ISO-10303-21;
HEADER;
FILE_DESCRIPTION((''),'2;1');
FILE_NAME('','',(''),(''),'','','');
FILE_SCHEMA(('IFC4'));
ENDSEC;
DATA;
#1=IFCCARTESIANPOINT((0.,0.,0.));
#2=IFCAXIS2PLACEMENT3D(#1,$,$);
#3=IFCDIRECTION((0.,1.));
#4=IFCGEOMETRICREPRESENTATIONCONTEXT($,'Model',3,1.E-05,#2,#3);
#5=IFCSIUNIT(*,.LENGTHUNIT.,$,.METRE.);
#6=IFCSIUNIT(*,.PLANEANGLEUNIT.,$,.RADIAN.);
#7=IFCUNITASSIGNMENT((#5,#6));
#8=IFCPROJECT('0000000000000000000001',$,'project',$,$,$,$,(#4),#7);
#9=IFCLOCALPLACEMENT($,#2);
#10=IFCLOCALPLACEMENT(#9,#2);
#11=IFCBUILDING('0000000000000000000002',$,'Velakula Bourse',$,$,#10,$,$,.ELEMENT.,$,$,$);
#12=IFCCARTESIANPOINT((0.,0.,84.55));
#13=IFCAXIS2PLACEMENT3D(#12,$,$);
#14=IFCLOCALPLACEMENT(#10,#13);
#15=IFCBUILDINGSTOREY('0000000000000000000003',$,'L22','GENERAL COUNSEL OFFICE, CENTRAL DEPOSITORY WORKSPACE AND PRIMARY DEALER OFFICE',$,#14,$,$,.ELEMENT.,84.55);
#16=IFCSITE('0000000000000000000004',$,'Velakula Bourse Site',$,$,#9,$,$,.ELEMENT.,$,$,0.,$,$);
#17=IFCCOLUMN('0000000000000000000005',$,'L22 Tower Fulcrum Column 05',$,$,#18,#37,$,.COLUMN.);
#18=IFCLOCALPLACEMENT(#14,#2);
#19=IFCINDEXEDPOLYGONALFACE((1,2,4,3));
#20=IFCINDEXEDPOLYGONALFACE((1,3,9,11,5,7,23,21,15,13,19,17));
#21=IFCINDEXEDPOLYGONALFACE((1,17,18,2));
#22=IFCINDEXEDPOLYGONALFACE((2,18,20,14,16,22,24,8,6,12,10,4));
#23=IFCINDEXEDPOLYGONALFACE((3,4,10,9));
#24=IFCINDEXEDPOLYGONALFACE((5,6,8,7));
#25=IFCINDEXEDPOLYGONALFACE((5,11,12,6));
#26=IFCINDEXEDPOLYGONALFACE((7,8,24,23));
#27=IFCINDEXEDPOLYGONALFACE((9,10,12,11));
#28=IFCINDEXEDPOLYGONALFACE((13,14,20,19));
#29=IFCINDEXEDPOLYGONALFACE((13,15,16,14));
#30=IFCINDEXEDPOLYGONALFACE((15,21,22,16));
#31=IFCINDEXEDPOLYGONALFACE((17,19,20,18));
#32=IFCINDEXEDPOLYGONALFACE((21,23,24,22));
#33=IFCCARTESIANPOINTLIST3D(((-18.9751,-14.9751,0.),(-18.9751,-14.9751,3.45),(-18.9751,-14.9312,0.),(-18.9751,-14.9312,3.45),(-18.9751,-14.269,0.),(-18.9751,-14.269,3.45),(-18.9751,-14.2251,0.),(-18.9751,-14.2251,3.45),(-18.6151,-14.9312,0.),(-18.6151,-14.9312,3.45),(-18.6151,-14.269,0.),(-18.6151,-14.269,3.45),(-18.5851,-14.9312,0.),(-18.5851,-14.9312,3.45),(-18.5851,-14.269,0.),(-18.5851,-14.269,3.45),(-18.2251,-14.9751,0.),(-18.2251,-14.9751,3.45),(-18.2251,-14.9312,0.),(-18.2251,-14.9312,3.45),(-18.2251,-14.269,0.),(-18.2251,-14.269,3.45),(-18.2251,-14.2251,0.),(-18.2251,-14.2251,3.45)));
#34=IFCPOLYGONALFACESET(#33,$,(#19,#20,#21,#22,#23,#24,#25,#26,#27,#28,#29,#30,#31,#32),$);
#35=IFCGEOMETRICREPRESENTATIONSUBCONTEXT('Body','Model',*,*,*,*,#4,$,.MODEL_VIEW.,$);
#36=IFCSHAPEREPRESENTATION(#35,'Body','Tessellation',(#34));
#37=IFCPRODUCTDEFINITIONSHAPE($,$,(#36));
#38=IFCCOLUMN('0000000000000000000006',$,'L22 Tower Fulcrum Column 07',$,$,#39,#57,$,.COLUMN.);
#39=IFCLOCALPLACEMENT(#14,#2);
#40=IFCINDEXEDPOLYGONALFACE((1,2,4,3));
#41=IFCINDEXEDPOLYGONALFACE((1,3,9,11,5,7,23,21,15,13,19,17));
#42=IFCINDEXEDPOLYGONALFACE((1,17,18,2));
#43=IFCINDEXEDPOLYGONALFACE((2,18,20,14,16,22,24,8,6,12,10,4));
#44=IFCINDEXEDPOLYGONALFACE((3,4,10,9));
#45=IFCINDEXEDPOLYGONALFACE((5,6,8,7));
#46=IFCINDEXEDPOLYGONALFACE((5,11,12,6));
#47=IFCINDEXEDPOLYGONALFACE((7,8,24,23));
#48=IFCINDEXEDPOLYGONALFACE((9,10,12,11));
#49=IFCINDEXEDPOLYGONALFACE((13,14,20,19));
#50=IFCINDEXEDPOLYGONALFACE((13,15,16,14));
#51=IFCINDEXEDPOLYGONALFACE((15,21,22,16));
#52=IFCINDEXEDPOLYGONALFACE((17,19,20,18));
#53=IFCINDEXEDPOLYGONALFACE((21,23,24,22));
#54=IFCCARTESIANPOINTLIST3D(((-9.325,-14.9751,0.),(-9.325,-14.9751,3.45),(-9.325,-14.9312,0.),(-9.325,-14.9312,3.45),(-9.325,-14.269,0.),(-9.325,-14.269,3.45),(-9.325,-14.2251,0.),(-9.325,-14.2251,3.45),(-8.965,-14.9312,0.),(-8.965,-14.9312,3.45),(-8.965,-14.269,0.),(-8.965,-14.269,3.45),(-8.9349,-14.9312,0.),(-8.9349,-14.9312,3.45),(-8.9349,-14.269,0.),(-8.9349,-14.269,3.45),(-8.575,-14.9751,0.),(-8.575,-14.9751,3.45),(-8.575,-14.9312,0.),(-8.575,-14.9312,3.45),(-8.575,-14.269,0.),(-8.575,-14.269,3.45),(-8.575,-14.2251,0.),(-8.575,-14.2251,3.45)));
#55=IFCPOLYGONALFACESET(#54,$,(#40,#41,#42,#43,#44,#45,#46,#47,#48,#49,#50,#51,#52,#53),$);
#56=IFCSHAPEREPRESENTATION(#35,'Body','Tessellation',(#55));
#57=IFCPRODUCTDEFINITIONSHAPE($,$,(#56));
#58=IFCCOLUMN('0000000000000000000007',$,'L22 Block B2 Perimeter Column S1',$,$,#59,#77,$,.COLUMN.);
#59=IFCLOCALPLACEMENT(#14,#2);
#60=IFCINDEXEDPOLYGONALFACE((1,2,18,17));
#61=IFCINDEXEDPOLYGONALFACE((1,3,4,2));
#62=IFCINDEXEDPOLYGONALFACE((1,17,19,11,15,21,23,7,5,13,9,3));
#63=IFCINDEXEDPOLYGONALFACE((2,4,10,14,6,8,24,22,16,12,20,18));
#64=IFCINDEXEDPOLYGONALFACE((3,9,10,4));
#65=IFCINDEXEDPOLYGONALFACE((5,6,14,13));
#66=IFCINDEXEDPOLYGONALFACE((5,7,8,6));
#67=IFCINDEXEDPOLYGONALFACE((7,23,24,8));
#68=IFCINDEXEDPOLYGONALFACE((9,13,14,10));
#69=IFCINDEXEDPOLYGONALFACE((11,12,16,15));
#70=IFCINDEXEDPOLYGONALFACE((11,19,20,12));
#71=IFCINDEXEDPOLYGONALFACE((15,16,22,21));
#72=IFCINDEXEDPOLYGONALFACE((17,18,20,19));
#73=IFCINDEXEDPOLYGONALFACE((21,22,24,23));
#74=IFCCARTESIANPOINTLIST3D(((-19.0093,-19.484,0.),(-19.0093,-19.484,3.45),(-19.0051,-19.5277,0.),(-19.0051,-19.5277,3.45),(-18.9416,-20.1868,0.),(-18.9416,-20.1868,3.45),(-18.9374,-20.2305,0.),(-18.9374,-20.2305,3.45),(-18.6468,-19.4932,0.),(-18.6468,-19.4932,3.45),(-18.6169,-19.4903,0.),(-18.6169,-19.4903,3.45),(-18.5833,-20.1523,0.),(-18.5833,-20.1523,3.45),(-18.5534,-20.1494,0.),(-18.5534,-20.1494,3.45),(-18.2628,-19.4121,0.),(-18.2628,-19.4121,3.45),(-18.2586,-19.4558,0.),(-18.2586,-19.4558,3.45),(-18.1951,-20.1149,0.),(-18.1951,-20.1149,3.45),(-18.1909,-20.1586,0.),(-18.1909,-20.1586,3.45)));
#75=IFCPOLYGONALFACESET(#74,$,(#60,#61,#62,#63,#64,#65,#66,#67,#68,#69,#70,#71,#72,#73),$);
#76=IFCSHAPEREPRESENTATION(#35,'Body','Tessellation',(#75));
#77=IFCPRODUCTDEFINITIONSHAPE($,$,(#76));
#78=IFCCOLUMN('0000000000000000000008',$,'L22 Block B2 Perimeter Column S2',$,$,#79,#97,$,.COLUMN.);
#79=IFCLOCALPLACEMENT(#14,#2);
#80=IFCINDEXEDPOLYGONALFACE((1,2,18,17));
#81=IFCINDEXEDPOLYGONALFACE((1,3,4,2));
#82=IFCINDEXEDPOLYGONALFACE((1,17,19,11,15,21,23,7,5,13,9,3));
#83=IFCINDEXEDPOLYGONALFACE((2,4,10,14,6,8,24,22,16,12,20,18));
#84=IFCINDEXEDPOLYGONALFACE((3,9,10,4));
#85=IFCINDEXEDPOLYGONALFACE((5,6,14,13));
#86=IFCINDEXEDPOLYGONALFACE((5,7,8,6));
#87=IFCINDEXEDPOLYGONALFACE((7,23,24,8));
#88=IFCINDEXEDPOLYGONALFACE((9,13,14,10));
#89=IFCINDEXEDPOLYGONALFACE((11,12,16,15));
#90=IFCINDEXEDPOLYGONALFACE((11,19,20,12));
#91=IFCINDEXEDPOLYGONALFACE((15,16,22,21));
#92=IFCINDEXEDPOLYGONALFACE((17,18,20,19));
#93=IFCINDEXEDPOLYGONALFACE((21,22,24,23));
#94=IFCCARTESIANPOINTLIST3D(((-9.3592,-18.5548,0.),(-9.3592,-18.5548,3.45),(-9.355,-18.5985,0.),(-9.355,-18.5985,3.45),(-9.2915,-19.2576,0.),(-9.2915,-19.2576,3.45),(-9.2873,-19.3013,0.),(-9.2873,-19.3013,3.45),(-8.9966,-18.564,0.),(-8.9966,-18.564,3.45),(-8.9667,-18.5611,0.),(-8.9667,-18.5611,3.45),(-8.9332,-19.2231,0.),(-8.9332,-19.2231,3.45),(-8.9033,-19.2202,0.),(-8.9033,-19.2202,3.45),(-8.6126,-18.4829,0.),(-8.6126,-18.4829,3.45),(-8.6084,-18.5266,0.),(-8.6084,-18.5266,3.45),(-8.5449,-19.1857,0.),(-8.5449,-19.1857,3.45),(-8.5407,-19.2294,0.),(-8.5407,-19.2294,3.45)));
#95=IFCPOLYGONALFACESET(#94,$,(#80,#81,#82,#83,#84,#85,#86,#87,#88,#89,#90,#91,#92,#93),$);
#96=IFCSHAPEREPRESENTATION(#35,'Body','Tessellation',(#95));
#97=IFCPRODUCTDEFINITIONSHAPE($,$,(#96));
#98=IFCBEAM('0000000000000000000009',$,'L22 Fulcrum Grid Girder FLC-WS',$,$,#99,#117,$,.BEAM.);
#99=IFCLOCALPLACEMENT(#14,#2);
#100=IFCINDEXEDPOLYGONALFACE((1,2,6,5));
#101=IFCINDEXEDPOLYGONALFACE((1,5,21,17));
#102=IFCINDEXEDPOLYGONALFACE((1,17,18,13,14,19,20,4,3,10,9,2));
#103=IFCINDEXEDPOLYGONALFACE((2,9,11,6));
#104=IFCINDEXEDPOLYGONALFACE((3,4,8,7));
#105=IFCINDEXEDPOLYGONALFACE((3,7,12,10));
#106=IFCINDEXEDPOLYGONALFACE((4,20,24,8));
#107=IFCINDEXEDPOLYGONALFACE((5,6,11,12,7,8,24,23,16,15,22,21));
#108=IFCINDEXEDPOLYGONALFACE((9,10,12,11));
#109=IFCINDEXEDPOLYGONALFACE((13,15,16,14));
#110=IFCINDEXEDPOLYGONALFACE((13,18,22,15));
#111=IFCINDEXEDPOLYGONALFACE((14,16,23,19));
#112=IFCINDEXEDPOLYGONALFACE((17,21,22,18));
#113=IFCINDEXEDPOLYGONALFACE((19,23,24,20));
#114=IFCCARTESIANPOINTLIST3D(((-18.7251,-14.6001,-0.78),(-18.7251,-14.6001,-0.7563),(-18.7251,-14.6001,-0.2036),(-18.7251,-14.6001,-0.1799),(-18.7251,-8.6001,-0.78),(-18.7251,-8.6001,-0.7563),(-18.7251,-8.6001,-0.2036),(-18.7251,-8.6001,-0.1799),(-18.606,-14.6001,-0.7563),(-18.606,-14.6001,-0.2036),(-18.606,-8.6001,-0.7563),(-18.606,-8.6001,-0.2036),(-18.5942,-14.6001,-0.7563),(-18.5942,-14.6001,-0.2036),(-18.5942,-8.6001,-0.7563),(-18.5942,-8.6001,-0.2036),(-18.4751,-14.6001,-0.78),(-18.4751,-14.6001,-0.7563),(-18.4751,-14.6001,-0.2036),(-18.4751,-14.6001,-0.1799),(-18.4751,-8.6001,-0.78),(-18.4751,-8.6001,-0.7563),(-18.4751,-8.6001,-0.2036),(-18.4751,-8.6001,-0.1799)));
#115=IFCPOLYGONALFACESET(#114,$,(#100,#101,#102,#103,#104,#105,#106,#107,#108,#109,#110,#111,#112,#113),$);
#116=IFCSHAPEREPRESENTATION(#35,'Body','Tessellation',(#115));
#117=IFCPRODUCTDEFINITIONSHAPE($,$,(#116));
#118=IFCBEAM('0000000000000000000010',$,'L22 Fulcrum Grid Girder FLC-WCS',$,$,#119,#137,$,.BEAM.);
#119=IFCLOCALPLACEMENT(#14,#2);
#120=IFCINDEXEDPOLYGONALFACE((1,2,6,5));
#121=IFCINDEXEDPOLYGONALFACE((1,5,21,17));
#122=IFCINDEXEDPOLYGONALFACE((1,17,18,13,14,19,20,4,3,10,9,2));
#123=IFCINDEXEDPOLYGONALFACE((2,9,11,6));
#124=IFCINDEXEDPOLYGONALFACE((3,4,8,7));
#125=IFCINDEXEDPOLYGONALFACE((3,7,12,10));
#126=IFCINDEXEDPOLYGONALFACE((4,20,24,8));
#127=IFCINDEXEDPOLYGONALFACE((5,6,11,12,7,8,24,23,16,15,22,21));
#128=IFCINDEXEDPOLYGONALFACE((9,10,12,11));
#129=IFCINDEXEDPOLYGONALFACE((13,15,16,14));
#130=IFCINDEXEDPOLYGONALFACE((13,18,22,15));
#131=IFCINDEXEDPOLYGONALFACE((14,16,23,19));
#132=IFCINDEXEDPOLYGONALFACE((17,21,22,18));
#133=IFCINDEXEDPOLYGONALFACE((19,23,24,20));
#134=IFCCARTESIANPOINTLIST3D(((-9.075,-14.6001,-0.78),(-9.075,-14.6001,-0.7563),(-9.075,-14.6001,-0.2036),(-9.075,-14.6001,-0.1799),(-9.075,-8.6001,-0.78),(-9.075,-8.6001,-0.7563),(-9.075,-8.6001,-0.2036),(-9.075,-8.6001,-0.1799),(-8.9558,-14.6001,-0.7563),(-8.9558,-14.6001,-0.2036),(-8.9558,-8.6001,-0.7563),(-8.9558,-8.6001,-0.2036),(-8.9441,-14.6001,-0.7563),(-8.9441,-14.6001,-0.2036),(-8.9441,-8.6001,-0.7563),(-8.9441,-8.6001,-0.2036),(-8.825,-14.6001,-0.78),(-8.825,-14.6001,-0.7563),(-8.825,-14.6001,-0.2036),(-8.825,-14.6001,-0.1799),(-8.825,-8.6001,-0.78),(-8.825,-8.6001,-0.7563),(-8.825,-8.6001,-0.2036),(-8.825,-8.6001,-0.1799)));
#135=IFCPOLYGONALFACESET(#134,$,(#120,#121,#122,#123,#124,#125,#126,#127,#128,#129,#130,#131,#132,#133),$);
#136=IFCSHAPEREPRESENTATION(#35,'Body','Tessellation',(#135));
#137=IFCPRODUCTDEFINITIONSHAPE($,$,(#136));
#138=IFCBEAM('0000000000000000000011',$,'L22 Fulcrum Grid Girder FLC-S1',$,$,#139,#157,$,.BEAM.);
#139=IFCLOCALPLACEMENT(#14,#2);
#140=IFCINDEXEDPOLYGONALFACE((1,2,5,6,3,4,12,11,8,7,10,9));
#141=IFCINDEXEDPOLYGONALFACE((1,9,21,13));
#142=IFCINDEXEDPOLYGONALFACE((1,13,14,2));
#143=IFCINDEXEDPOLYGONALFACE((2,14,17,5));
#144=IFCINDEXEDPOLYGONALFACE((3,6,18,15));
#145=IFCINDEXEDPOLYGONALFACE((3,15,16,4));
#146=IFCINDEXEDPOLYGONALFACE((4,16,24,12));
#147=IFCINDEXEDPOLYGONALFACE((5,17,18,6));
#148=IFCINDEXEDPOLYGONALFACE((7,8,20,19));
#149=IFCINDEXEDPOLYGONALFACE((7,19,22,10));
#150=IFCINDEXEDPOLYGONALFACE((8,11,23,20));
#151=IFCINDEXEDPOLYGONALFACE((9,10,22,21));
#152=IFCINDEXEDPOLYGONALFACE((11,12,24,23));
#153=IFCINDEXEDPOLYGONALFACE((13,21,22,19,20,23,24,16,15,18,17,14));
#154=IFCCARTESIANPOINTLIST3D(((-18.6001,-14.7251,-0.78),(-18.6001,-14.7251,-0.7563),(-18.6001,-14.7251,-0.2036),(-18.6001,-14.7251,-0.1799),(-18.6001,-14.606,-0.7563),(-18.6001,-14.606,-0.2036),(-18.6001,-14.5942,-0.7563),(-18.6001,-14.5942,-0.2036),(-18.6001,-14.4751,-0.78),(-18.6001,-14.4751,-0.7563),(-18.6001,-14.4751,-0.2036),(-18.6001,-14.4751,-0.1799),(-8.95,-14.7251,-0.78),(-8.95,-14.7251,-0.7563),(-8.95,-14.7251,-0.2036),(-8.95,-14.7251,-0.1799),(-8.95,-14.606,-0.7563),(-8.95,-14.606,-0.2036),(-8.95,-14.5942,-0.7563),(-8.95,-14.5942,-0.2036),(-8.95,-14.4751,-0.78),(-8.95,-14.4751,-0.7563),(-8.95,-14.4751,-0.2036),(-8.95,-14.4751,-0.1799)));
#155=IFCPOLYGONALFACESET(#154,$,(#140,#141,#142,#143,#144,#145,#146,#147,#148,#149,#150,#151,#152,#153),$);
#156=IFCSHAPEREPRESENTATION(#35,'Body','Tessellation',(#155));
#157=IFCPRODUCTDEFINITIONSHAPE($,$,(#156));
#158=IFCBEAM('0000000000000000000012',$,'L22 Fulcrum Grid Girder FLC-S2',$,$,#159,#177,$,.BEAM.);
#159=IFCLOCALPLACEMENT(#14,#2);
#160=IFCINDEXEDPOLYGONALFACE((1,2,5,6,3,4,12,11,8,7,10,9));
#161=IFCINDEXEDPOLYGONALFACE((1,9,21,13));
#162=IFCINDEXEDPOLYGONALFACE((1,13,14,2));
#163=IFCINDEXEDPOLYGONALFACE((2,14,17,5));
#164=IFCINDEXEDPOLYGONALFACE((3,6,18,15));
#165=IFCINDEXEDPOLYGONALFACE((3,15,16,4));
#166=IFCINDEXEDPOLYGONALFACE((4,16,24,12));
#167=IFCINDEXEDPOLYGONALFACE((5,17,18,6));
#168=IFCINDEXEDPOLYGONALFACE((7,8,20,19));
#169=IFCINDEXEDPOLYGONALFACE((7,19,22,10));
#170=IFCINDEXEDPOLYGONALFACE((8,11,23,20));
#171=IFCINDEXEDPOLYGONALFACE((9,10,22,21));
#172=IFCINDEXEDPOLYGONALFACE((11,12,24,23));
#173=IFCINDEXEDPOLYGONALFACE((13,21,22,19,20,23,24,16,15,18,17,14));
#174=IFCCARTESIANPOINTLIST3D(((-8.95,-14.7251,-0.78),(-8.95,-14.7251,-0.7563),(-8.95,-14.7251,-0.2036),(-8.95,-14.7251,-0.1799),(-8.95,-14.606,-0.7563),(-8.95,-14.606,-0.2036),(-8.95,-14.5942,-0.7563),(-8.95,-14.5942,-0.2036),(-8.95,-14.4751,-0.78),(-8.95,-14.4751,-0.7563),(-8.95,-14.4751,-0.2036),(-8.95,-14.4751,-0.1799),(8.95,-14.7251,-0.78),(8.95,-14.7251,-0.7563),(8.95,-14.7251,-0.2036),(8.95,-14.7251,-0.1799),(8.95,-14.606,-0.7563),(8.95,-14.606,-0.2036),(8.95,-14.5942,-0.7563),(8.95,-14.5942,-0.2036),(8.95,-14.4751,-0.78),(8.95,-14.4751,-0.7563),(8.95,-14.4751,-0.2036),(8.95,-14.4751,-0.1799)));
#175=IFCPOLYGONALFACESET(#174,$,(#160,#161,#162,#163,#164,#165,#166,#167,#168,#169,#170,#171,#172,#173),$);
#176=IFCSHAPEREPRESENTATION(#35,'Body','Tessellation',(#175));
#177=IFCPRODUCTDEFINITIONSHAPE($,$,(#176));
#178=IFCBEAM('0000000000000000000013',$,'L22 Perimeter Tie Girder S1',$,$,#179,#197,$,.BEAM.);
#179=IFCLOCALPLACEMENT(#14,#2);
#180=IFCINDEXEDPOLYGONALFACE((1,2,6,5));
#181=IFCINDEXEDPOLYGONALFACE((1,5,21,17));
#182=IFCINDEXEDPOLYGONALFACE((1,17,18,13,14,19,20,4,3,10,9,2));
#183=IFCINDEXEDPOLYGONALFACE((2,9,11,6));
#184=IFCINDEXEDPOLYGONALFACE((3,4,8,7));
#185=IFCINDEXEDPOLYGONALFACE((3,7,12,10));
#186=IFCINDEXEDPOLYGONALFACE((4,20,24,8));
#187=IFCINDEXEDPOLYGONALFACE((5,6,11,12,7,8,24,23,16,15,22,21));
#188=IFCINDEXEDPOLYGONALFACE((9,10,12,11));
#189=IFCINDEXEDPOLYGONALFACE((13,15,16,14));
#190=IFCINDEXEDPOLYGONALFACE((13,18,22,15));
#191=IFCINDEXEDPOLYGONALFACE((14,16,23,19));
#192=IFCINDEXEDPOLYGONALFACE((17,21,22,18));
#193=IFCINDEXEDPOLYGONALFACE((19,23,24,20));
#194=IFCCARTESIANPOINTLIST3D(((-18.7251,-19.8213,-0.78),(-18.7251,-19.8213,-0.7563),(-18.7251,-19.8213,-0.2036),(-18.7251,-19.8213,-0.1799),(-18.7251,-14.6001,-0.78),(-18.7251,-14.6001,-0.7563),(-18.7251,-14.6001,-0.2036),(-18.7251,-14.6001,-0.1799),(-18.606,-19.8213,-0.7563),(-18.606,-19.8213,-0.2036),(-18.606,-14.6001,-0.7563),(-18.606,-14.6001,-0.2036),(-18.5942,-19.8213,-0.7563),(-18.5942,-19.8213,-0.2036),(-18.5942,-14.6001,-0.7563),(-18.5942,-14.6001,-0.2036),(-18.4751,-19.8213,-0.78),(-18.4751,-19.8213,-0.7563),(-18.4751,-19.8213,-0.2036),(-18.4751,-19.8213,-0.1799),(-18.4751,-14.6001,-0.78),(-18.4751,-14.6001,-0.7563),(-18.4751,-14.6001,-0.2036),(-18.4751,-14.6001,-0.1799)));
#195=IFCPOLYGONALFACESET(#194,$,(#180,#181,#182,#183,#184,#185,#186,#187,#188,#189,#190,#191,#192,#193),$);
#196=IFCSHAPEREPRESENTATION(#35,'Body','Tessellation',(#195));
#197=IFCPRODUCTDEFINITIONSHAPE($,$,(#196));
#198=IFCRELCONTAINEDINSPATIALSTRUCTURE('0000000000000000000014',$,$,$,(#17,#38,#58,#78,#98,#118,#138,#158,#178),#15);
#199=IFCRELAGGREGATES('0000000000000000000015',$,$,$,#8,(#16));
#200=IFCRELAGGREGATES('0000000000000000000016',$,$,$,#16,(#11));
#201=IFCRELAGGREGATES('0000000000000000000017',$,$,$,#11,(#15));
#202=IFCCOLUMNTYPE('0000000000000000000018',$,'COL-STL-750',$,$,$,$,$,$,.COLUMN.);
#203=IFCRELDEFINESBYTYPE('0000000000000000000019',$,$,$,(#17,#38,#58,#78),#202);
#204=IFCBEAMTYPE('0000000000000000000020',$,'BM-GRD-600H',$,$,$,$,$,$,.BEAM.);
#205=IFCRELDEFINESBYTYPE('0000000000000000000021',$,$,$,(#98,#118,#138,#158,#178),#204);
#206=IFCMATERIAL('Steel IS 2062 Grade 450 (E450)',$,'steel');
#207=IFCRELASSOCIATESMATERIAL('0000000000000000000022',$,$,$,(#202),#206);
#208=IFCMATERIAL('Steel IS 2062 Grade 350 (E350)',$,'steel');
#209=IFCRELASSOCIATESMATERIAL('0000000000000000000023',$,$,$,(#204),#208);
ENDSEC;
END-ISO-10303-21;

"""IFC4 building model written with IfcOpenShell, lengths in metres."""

from ifc_helpers import new_model, si_unit, direction, frame, origin, origin_2d, place, context, subcontext, project, spatial, i_section, extrude, material, material_profile, profile_set, type_object, element, save


model = new_model("IFC4")

# Units and contexts
model_context = context("Model", 3, precision=1e-05, world=origin(), true_north=direction((0.0, 1.0)))
body_context = subcontext(model_context, "Body", "Model", "MODEL_VIEW")
ifc_project = project(units=[si_unit("LENGTHUNIT", "METRE"), si_unit("PLANEANGLEUNIT", "RADIAN")], contexts=[model_context])

# Site, building, storey
site_placement = place(None, origin())
site = spatial("IfcSite", under=ifc_project, at=site_placement, Name="Velakula Bourse Site", CompositionType="ELEMENT", RefElevation=0.0)
building_placement = place(site_placement, origin())
building = spatial("IfcBuilding", under=site, at=building_placement, Name="Velakula Bourse", CompositionType="ELEMENT")
storey_placement = place(building_placement, frame((0.0, 0.0, 84.55)))
storey = spatial("IfcBuildingStorey", under=building, at=storey_placement, Name="L22", Description="GENERAL COUNSEL OFFICE, CENTRAL DEPOSITORY WORKSPACE AND PRIMARY DEALER OFFICE", CompositionType="ELEMENT", Elevation=84.55)

# Columns
ifc_material_1 = material(Name="Steel IS 2062 Grade 450 (E450)", Category="steel")
ifc_material_profile_1 = material_profile(ifc_material_1, i_section(OverallWidth=0.75, OverallDepth=0.75, WebThickness=0.03, FlangeThickness=0.0439, at=origin_2d()), Name="Steel IS 2062 Grade 450 (E450)")
ifc_profile_set_1 = profile_set([ifc_material_profile_1], Name="Steel IS 2062 Grade 450 (E450)")
column_type = type_object("IfcColumnType", Name="COL-STL-750", PredefinedType="COLUMN", material=ifc_profile_set_1)
for number, where, z_axis, x_axis, name in (
    (1, (-18.6001, -14.6001, 0.0), (0.0, 0.0, 1.0), (1.0, 0.0, 0.0), "L22 Tower Fulcrum Column 05"),
    (2, (-8.95, -14.6001, 0.0), (0.0, 0.0, 1.0), (1.0, 0.0, 0.0), "L22 Tower Fulcrum Column 07"),
    (3, (-18.6001, -19.8213, 0.0), (0.0, 0.0, 1.0), (0.995396, 0.095846, 0.0), "L22 Block B2 Perimeter Column S1"),
    (4, (-8.95, -18.8921, 0.0), (0.0, 0.0, 1.0), (0.995396, 0.095846, 0.0), "L22 Block B2 Perimeter Column S2"),
):
    element("IfcColumn", number, at=place(storey_placement, frame(where, z_axis=z_axis, x_axis=x_axis)), inside=storey, type_object=column_type, Name=name, PredefinedType="COLUMN", context=body_context, shape_type="SweptSolid", body=[
        extrude(i_section(OverallWidth=0.75, OverallDepth=0.75, WebThickness=0.03, FlangeThickness=0.0439, at=origin_2d()), origin(), (0.0, 0.0, 1.0), 3.45),
    ])

# Beams
ifc_material_2 = material(Name="Steel IS 2062 Grade 350 (E350)", Category="steel")
ifc_material_profile_2 = material_profile(ifc_material_2, i_section(OverallWidth=0.25, OverallDepth=0.6001, WebThickness=0.0117, FlangeThickness=0.0237, at=origin_2d()), Name="Steel IS 2062 Grade 350 (E350)")
ifc_profile_set_2 = profile_set([ifc_material_profile_2], Name="Steel IS 2062 Grade 350 (E350)")
beam_type_1 = type_object("IfcBeamType", Name="BM-GRD-600H", PredefinedType="BEAM", material=ifc_profile_set_2)
for number, where, z_axis, x_axis, name in (
    (5, (-18.6001, -14.6001, -0.48), (0.0, 1.0, 0.0), (-1.0, 0.0, 0.0), "L22 Fulcrum Grid Girder FLC-WS"),
    (6, (-8.95, -14.6001, -0.48), (0.0, 1.0, 0.0), (-1.0, 0.0, 0.0), "L22 Fulcrum Grid Girder FLC-WCS"),
):
    element("IfcBeam", number, at=place(storey_placement, frame(where, z_axis=z_axis, x_axis=x_axis)), inside=storey, type_object=beam_type_1, Name=name, PredefinedType="BEAM", context=body_context, shape_type="SweptSolid", body=[
        extrude(i_section(OverallWidth=0.25, OverallDepth=0.6001, WebThickness=0.0117, FlangeThickness=0.0237, at=origin_2d()), origin(), (0.0, 0.0, 1.0), 6.0),
    ])
beam_1_placement = place(storey_placement, frame((-18.6001, -14.6001, -0.48), z_axis=(1.0, 0.0, 0.0), x_axis=(0.0, 1.0, 0.0)))
element("IfcBeam", 7, at=beam_1_placement, inside=storey, type_object=beam_type_1, Name="L22 Fulcrum Grid Girder FLC-S1", PredefinedType="BEAM", context=body_context, shape_type="SweptSolid", body=[
    extrude(i_section(OverallWidth=0.25, OverallDepth=0.6001, WebThickness=0.0117, FlangeThickness=0.0237, at=origin_2d()), origin(), (0.0, 0.0, 1.0), 9.6501),
])
beam_2_placement = place(storey_placement, frame((-8.95, -14.6001, -0.48), z_axis=(1.0, 0.0, 0.0), x_axis=(0.0, 1.0, 0.0)))
element("IfcBeam", 8, at=beam_2_placement, inside=storey, type_object=beam_type_1, Name="L22 Fulcrum Grid Girder FLC-S2", PredefinedType="BEAM", context=body_context, shape_type="SweptSolid", body=[
    extrude(i_section(OverallWidth=0.25, OverallDepth=0.6001, WebThickness=0.0117, FlangeThickness=0.0237, at=origin_2d()), origin(), (0.0, 0.0, 1.0), 17.8999),
])
beam_3_placement = place(storey_placement, frame((-18.6001, -14.6001, -0.48), z_axis=(0.0, -1.0, 0.0), x_axis=(1.0, 0.0, 0.0)))
element("IfcBeam", 9, at=beam_3_placement, inside=storey, type_object=beam_type_1, Name="L22 Perimeter Tie Girder S1", PredefinedType="BEAM", context=body_context, shape_type="SweptSolid", body=[
    extrude(i_section(OverallWidth=0.25, OverallDepth=0.6001, WebThickness=0.0117, FlangeThickness=0.0237, at=origin_2d()), origin(), (0.0, 0.0, 1.0), 5.2212),
])

save(model, "model.ifc")
